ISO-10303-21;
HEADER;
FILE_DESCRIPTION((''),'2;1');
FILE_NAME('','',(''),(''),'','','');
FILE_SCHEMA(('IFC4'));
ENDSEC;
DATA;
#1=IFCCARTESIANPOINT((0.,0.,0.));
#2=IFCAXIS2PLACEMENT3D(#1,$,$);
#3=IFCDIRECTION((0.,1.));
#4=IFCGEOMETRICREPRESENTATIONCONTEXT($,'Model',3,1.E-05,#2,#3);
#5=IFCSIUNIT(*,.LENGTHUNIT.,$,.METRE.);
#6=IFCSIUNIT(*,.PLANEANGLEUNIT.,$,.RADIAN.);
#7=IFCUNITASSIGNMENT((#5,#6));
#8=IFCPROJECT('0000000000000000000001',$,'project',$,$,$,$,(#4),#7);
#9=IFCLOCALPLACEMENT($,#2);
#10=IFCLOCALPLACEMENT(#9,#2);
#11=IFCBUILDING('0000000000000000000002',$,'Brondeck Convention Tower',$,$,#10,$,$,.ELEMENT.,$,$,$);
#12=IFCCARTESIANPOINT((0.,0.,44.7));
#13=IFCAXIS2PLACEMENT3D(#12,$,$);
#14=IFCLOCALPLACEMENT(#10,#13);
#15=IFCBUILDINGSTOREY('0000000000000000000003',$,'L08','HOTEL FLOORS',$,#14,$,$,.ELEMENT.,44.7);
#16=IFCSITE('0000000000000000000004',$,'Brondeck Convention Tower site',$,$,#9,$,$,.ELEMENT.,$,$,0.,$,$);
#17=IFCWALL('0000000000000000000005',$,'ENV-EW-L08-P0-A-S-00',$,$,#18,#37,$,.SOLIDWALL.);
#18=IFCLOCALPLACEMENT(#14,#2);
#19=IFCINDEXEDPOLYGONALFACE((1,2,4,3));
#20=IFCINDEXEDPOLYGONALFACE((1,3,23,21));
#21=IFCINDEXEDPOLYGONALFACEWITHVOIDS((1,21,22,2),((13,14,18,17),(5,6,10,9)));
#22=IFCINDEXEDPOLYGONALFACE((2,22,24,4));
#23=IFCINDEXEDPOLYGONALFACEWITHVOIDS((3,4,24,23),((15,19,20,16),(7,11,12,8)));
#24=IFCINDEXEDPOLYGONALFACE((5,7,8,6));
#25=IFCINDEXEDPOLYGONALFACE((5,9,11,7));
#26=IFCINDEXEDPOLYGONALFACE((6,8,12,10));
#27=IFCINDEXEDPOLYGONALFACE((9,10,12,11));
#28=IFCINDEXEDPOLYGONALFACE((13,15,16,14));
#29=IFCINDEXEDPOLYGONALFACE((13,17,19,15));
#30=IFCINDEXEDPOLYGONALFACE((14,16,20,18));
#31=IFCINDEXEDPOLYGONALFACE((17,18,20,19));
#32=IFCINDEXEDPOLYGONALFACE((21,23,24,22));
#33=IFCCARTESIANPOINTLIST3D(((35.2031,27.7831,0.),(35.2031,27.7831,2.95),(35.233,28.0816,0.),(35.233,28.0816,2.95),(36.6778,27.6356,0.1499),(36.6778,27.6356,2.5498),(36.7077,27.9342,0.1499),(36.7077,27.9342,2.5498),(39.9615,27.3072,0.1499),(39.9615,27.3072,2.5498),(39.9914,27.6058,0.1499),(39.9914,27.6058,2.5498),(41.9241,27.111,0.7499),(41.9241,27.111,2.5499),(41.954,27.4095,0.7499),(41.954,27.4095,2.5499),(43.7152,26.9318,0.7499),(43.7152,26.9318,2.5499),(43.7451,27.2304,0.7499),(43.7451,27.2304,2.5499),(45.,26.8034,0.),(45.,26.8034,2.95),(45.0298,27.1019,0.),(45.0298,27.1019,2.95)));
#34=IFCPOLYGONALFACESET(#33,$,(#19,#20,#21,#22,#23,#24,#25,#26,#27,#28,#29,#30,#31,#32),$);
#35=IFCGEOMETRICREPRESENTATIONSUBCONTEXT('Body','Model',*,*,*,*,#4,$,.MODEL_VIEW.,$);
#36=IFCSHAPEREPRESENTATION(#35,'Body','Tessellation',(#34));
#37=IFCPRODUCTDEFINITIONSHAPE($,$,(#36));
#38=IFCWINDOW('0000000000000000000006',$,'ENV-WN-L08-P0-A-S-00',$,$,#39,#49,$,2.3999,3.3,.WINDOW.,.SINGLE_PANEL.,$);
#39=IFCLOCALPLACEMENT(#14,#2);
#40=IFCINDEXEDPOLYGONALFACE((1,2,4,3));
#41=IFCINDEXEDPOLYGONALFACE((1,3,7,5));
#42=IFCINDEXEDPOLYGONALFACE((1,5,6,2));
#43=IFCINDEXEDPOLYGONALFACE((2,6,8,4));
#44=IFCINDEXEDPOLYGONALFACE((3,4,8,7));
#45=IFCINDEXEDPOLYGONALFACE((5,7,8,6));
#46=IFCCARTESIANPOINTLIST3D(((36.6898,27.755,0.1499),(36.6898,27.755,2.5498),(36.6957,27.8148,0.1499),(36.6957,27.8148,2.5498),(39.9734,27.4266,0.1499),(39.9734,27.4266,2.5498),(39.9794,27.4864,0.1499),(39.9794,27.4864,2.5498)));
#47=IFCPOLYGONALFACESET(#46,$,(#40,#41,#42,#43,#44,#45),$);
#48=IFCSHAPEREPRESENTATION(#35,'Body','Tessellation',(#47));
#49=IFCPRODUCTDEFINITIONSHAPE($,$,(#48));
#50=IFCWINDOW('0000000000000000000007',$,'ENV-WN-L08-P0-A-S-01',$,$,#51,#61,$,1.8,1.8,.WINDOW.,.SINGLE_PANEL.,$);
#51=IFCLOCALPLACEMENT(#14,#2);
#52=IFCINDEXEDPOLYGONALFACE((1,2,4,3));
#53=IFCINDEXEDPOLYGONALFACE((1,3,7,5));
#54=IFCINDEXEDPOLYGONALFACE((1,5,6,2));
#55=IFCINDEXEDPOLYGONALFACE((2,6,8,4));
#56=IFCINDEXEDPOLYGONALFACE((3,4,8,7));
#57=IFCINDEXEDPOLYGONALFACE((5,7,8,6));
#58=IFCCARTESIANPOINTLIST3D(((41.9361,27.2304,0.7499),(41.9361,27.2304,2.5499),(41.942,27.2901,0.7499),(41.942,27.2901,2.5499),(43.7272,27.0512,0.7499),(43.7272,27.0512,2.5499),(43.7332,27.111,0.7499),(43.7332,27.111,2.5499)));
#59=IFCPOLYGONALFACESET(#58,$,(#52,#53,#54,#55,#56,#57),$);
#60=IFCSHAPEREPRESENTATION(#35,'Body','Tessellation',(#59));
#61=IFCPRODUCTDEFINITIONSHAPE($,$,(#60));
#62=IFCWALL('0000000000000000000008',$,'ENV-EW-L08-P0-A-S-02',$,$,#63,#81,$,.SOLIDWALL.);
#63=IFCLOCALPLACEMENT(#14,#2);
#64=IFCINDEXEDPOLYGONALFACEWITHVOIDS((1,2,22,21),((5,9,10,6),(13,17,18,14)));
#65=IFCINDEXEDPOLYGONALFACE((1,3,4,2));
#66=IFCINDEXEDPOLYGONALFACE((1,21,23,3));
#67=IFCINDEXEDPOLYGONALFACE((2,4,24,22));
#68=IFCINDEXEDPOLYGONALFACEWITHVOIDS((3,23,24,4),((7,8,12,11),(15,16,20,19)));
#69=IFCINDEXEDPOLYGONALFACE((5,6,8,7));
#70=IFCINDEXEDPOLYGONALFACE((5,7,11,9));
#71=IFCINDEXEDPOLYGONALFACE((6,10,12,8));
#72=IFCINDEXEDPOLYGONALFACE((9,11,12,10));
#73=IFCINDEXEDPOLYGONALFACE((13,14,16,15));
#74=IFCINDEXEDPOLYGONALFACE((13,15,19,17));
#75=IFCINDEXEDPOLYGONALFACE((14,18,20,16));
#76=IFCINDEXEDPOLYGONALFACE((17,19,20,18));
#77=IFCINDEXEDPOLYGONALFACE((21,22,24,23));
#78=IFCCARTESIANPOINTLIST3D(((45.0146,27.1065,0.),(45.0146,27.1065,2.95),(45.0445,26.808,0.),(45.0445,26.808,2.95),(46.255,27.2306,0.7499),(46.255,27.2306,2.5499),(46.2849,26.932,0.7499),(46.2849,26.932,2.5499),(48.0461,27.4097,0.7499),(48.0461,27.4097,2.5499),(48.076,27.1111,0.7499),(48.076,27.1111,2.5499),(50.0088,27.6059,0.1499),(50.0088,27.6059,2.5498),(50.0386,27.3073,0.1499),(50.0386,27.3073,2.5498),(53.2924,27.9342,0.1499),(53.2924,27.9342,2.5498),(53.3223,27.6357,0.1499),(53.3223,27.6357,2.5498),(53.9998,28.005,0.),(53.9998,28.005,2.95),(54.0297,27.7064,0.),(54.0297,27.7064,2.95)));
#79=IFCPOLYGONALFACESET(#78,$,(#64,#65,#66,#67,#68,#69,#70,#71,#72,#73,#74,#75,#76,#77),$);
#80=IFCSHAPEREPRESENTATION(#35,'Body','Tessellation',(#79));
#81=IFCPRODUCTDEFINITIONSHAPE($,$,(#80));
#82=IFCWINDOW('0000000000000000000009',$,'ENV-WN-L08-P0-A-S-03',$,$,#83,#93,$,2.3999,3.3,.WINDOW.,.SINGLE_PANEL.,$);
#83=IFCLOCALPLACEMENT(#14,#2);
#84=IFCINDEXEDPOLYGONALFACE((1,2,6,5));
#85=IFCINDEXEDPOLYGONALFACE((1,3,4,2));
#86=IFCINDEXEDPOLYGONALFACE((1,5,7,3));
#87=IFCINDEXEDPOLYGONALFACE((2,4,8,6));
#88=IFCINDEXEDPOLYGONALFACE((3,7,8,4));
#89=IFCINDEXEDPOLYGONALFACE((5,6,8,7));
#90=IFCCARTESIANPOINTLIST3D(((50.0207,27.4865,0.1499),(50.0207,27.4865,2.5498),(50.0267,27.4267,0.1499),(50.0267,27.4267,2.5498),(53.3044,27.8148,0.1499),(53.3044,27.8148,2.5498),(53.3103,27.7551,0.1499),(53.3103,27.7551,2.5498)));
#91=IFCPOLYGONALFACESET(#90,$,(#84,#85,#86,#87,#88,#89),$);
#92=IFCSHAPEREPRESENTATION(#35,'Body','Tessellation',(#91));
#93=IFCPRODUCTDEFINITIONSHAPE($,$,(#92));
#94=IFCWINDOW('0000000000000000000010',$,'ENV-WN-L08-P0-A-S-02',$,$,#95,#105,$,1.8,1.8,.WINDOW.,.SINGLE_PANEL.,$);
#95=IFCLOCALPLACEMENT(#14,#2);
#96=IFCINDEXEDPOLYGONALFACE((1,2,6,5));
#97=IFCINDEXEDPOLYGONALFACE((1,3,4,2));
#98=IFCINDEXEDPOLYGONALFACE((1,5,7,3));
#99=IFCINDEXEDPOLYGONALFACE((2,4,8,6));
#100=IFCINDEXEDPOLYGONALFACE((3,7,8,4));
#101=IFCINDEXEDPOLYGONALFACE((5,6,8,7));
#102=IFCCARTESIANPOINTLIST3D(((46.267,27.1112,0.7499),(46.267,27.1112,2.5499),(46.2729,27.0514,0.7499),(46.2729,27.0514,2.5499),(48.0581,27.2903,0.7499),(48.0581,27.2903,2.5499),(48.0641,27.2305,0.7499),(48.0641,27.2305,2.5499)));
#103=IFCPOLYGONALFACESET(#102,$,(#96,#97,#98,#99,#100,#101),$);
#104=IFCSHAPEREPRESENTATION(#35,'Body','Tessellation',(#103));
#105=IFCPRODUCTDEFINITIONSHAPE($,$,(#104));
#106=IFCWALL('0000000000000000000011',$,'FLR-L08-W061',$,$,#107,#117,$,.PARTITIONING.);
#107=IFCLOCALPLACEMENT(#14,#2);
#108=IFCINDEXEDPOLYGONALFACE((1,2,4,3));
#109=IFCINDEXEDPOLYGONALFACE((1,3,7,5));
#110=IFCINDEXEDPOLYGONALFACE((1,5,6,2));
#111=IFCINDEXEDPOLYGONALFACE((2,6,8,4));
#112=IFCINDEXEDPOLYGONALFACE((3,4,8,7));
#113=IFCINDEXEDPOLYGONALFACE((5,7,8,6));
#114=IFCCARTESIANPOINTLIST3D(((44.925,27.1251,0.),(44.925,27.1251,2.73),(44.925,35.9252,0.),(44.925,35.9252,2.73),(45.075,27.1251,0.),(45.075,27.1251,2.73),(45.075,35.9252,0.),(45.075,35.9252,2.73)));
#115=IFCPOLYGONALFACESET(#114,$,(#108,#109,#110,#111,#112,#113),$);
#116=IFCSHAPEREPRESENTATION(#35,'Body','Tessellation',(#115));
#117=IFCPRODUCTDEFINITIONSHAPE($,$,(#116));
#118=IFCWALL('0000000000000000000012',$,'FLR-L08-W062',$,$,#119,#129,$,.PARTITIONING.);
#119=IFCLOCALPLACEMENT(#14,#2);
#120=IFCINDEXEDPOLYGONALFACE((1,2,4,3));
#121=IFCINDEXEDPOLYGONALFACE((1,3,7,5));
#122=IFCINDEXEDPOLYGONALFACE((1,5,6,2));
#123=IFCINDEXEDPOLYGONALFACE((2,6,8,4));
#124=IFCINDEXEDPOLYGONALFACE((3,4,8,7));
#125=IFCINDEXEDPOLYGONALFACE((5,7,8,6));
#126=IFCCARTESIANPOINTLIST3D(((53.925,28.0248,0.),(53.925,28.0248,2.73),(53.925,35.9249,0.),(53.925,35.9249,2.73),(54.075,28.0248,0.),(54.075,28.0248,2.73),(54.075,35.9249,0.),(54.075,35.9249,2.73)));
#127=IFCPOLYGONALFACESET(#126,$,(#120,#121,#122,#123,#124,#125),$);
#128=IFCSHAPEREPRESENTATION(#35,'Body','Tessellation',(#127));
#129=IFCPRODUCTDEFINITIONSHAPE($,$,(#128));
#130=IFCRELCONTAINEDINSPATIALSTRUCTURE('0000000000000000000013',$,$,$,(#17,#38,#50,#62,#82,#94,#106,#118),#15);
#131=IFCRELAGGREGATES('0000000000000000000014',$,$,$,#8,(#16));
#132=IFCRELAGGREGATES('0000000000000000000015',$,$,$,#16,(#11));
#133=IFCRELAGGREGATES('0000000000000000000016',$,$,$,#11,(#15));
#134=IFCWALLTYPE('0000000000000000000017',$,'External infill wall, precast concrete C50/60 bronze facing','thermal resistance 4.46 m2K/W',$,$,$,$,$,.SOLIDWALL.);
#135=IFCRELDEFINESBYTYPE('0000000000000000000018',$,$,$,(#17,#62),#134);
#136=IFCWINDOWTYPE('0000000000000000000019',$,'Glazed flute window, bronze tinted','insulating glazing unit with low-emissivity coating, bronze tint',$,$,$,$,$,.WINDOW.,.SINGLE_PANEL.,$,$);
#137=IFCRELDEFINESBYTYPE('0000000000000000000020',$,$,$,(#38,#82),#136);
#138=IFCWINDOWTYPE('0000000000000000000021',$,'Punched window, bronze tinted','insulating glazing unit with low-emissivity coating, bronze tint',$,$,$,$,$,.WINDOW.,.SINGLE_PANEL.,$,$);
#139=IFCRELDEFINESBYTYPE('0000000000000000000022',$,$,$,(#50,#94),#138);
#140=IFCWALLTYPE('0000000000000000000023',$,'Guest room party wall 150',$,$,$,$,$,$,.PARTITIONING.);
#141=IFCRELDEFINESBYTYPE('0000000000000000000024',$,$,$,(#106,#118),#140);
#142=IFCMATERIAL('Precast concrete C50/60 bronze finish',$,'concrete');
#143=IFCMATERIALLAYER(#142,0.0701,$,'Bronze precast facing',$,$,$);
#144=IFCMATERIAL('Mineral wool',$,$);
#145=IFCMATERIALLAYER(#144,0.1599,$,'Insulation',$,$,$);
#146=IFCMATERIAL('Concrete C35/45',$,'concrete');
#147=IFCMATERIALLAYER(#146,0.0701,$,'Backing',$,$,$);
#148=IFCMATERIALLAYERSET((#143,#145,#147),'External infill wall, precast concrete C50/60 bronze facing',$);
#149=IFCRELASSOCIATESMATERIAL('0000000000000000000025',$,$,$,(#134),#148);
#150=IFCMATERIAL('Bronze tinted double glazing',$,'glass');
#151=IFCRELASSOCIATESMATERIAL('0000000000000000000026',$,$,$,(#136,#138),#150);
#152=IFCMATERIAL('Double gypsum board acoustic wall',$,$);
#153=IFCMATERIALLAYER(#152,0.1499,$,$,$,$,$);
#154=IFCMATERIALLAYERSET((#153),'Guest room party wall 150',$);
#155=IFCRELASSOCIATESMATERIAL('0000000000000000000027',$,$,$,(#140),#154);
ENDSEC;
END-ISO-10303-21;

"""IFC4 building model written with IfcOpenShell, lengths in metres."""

from ifc_helpers import new_model, si_unit, direction, frame, frame_2d, origin, place, context, subcontext, project, spatial, rectangle, extrude, material, layer, layer_set, type_object, element, fill, save


model = new_model("IFC4")

# Units and contexts
model_context = context("Model", 3, precision=1e-05, world=origin(), true_north=direction((0.0, 1.0)))
body_context = subcontext(model_context, "Body", "Model", "MODEL_VIEW")
ifc_project = project(units=[si_unit("LENGTHUNIT", "METRE"), si_unit("PLANEANGLEUNIT", "RADIAN")], contexts=[model_context])

# Site, building, storey
site_placement = place(None, origin())
site = spatial("IfcSite", under=ifc_project, at=site_placement, Name="Brondeck Convention Tower site", CompositionType="ELEMENT", RefElevation=0.0)
building_placement = place(site_placement, origin())
building = spatial("IfcBuilding", under=site, at=building_placement, Name="Brondeck Convention Tower", CompositionType="ELEMENT")
storey_placement = place(building_placement, frame((0.0, 0.0, 44.7)))
storey = spatial("IfcBuildingStorey", under=building, at=storey_placement, Name="L08", Description="HOTEL FLOORS", CompositionType="ELEMENT", Elevation=44.7)

# Walls, openings, windows
ifc_material_1 = material(Name="Precast concrete C50/60 bronze finish", Category="concrete")
ifc_layer_1 = layer(ifc_material_1, 0.0701, Name="Bronze precast facing")
ifc_material_2 = material(Name="Mineral wool")
ifc_layer_2 = layer(ifc_material_2, 0.1599, Name="Insulation")
ifc_material_3 = material(Name="Concrete C35/45", Category="concrete")
ifc_layer_3 = layer(ifc_material_3, 0.0701, Name="Backing")
ifc_layer_set_1 = layer_set([ifc_layer_1, ifc_layer_2, ifc_layer_3], Name="External infill wall, precast concrete C50/60 bronze facing")
wall_type_1 = type_object("IfcWallType", Name="External infill wall, precast concrete C50/60 bronze facing", Description="thermal resistance 4.46 m2K/W", PredefinedType="SOLIDWALL", material=ifc_layer_set_1)
wall_1_placement = place(storey_placement, frame((45.0149, 26.9526, 0.0), z_axis=(0.0, 0.0, 1.0), x_axis=(-0.995037, 0.099509, 0.0)))
wall_1 = element("IfcWall", 1, at=wall_1_placement, inside=storey, type_object=wall_type_1, Name="ENV-EW-L08-P0-A-S-00", PredefinedType="SOLIDWALL", context=body_context, shape_type="SweptSolid", body=[
    extrude(rectangle(XDim=9.8457, YDim=0.3, at=frame_2d((4.9229, 0.0))), origin(), (0.0, 0.0, 1.0), 2.95),
])
opening_1_placement = place(wall_1_placement, frame((1.2913, 0.0, 0.75)))
opening_1 = element("IfcOpeningElement", 2, at=opening_1_placement, cuts=wall_1, PredefinedType="OPENING", context=body_context, shape_type="SweptSolid", body=[
    extrude(rectangle(XDim=1.8, YDim=1.8, at=frame_2d((0.8999, 0.8999))), frame((0.0, 0.1599, 0.0), z_axis=(0.0, -1.0, 0.0), x_axis=(1.0, 0.0, 0.0)), (0.0, 0.0, 1.0), 0.3201),
])
opening_2_placement = place(wall_1_placement, frame((5.0637, 0.0, 0.1499)))
opening_2 = element("IfcOpeningElement", 3, at=opening_2_placement, cuts=wall_1, PredefinedType="OPENING", context=body_context, shape_type="SweptSolid", body=[
    extrude(rectangle(XDim=3.3, YDim=2.3999, at=frame_2d((1.6499, 1.2))), frame((0.0, 0.1599, 0.0), z_axis=(0.0, -1.0, 0.0), x_axis=(1.0, 0.0, 0.0)), (0.0, 0.0, 1.0), 0.3201),
])
ifc_material_4 = material(Name="Bronze tinted double glazing", Category="glass")
window_type_1 = type_object("IfcWindowType", Name="Glazed flute window, bronze tinted", Description="insulating glazing unit with low-emissivity coating, bronze tint", PartitioningType="SINGLE_PANEL", PredefinedType="WINDOW", material=ifc_material_4)
window_1_placement = place(opening_2_placement, origin())
window_1 = element("IfcWindow", 4, at=window_1_placement, inside=storey, type_object=window_type_1, Name="ENV-WN-L08-P0-A-S-00", OverallHeight=2.3999, OverallWidth=3.3, PartitioningType="SINGLE_PANEL", PredefinedType="WINDOW", context=body_context, shape_type="SweptSolid", body=[
    extrude(rectangle(XDim=3.3, YDim=2.3999, at=frame_2d((1.6499, 1.2))), frame((0.0, 0.03, 0.0), z_axis=(0.0, -1.0, 0.0), x_axis=(1.0, 0.0, 0.0)), (0.0, 0.0, 1.0), 0.0601),
])
fill(opening_2, window_1)
window_type_2 = type_object("IfcWindowType", Name="Punched window, bronze tinted", Description="insulating glazing unit with low-emissivity coating, bronze tint", PartitioningType="SINGLE_PANEL", PredefinedType="WINDOW", material=ifc_material_4)
window_2_placement = place(opening_1_placement, origin())
window_2 = element("IfcWindow", 5, at=window_2_placement, inside=storey, type_object=window_type_2, Name="ENV-WN-L08-P0-A-S-01", OverallHeight=1.8, OverallWidth=1.8, PartitioningType="SINGLE_PANEL", PredefinedType="WINDOW", context=body_context, shape_type="SweptSolid", body=[
    extrude(rectangle(XDim=1.8, YDim=1.8, at=frame_2d((0.8999, 0.8999))), frame((0.0, 0.03, 0.0), z_axis=(0.0, -1.0, 0.0), x_axis=(1.0, 0.0, 0.0)), (0.0, 0.0, 1.0), 0.0601),
])
fill(opening_1, window_2)
wall_2_placement = place(storey_placement, frame((54.0149, 27.8557, 0.0), z_axis=(0.0, 0.0, 1.0), x_axis=(-0.995038, -0.099496, 0.0)))
wall_2 = element("IfcWall", 6, at=wall_2_placement, inside=storey, type_object=wall_type_1, Name="ENV-EW-L08-P0-A-S-02", PredefinedType="SOLIDWALL", context=body_context, shape_type="SweptSolid", body=[
    extrude(rectangle(XDim=9.03, YDim=0.3, at=frame_2d((4.5151, 0.0))), origin(), (0.0, 0.0, 1.0), 2.95),
])
opening_3_placement = place(wall_2_placement, frame((0.7112, 0.0, 0.1499)))
opening_3 = element("IfcOpeningElement", 7, at=opening_3_placement, cuts=wall_2, PredefinedType="OPENING", context=body_context, shape_type="SweptSolid", body=[
    extrude(rectangle(XDim=3.3, YDim=2.3999, at=frame_2d((1.6499, 1.2))), frame((0.0, 0.1599, 0.0), z_axis=(0.0, -1.0, 0.0), x_axis=(1.0, 0.0, 0.0)), (0.0, 0.0, 1.0), 0.3201),
])
opening_4_placement = place(wall_2_placement, frame((5.9836, 0.0, 0.75)))
opening_4 = element("IfcOpeningElement", 8, at=opening_4_placement, cuts=wall_2, PredefinedType="OPENING", context=body_context, shape_type="SweptSolid", body=[
    extrude(rectangle(XDim=1.8, YDim=1.8, at=frame_2d((0.8999, 0.8999))), frame((0.0, 0.1599, 0.0), z_axis=(0.0, -1.0, 0.0), x_axis=(1.0, 0.0, 0.0)), (0.0, 0.0, 1.0), 0.3201),
])
window_3_placement = place(opening_3_placement, origin())
window_3 = element("IfcWindow", 9, at=window_3_placement, inside=storey, type_object=window_type_1, Name="ENV-WN-L08-P0-A-S-03", OverallHeight=2.3999, OverallWidth=3.3, PartitioningType="SINGLE_PANEL", PredefinedType="WINDOW", context=body_context, shape_type="SweptSolid", body=[
    extrude(rectangle(XDim=3.3, YDim=2.3999, at=frame_2d((1.6499, 1.2))), frame((0.0, 0.03, 0.0), z_axis=(0.0, -1.0, 0.0), x_axis=(1.0, 0.0, 0.0)), (0.0, 0.0, 1.0), 0.0601),
])
fill(opening_3, window_3)
window_4_placement = place(opening_4_placement, origin())
window_4 = element("IfcWindow", 10, at=window_4_placement, inside=storey, type_object=window_type_2, Name="ENV-WN-L08-P0-A-S-02", OverallHeight=1.8, OverallWidth=1.8, PartitioningType="SINGLE_PANEL", PredefinedType="WINDOW", context=body_context, shape_type="SweptSolid", body=[
    extrude(rectangle(XDim=1.8, YDim=1.8, at=frame_2d((0.8999, 0.8999))), frame((0.0, 0.03, 0.0), z_axis=(0.0, -1.0, 0.0), x_axis=(1.0, 0.0, 0.0)), (0.0, 0.0, 1.0), 0.0601),
])
fill(opening_4, window_4)

# Walls
ifc_material_5 = material(Name="Double gypsum board acoustic wall")
ifc_layer_4 = layer(ifc_material_5, 0.1499)
ifc_layer_set_2 = layer_set([ifc_layer_4], Name="Guest room party wall 150")
wall_type_2 = type_object("IfcWallType", Name="Guest room party wall 150", PredefinedType="PARTITIONING", material=ifc_layer_set_2)
wall_3_placement = place(storey_placement, frame((45.0, 35.925, 0.0), z_axis=(0.0, 0.0, 1.0), x_axis=(0.0, -1.0, 0.0)))
element("IfcWall", 11, at=wall_3_placement, inside=storey, type_object=wall_type_2, Name="FLR-L08-W061", PredefinedType="PARTITIONING", context=body_context, shape_type="SweptSolid", body=[
    extrude(rectangle(XDim=8.8, YDim=0.1499, at=frame_2d((4.3999, 0.0))), origin(), (0.0, 0.0, 1.0), 2.73),
])
wall_4_placement = place(storey_placement, frame((54.0, 35.925, 0.0), z_axis=(0.0, 0.0, 1.0), x_axis=(0.0, -1.0, 0.0)))
element("IfcWall", 12, at=wall_4_placement, inside=storey, type_object=wall_type_2, Name="FLR-L08-W062", PredefinedType="PARTITIONING", context=body_context, shape_type="SweptSolid", body=[
    extrude(rectangle(XDim=7.9001, YDim=0.1499, at=frame_2d((3.9502, 0.0))), origin(), (0.0, 0.0, 1.0), 2.73),
])

save(model, "model.ifc")
